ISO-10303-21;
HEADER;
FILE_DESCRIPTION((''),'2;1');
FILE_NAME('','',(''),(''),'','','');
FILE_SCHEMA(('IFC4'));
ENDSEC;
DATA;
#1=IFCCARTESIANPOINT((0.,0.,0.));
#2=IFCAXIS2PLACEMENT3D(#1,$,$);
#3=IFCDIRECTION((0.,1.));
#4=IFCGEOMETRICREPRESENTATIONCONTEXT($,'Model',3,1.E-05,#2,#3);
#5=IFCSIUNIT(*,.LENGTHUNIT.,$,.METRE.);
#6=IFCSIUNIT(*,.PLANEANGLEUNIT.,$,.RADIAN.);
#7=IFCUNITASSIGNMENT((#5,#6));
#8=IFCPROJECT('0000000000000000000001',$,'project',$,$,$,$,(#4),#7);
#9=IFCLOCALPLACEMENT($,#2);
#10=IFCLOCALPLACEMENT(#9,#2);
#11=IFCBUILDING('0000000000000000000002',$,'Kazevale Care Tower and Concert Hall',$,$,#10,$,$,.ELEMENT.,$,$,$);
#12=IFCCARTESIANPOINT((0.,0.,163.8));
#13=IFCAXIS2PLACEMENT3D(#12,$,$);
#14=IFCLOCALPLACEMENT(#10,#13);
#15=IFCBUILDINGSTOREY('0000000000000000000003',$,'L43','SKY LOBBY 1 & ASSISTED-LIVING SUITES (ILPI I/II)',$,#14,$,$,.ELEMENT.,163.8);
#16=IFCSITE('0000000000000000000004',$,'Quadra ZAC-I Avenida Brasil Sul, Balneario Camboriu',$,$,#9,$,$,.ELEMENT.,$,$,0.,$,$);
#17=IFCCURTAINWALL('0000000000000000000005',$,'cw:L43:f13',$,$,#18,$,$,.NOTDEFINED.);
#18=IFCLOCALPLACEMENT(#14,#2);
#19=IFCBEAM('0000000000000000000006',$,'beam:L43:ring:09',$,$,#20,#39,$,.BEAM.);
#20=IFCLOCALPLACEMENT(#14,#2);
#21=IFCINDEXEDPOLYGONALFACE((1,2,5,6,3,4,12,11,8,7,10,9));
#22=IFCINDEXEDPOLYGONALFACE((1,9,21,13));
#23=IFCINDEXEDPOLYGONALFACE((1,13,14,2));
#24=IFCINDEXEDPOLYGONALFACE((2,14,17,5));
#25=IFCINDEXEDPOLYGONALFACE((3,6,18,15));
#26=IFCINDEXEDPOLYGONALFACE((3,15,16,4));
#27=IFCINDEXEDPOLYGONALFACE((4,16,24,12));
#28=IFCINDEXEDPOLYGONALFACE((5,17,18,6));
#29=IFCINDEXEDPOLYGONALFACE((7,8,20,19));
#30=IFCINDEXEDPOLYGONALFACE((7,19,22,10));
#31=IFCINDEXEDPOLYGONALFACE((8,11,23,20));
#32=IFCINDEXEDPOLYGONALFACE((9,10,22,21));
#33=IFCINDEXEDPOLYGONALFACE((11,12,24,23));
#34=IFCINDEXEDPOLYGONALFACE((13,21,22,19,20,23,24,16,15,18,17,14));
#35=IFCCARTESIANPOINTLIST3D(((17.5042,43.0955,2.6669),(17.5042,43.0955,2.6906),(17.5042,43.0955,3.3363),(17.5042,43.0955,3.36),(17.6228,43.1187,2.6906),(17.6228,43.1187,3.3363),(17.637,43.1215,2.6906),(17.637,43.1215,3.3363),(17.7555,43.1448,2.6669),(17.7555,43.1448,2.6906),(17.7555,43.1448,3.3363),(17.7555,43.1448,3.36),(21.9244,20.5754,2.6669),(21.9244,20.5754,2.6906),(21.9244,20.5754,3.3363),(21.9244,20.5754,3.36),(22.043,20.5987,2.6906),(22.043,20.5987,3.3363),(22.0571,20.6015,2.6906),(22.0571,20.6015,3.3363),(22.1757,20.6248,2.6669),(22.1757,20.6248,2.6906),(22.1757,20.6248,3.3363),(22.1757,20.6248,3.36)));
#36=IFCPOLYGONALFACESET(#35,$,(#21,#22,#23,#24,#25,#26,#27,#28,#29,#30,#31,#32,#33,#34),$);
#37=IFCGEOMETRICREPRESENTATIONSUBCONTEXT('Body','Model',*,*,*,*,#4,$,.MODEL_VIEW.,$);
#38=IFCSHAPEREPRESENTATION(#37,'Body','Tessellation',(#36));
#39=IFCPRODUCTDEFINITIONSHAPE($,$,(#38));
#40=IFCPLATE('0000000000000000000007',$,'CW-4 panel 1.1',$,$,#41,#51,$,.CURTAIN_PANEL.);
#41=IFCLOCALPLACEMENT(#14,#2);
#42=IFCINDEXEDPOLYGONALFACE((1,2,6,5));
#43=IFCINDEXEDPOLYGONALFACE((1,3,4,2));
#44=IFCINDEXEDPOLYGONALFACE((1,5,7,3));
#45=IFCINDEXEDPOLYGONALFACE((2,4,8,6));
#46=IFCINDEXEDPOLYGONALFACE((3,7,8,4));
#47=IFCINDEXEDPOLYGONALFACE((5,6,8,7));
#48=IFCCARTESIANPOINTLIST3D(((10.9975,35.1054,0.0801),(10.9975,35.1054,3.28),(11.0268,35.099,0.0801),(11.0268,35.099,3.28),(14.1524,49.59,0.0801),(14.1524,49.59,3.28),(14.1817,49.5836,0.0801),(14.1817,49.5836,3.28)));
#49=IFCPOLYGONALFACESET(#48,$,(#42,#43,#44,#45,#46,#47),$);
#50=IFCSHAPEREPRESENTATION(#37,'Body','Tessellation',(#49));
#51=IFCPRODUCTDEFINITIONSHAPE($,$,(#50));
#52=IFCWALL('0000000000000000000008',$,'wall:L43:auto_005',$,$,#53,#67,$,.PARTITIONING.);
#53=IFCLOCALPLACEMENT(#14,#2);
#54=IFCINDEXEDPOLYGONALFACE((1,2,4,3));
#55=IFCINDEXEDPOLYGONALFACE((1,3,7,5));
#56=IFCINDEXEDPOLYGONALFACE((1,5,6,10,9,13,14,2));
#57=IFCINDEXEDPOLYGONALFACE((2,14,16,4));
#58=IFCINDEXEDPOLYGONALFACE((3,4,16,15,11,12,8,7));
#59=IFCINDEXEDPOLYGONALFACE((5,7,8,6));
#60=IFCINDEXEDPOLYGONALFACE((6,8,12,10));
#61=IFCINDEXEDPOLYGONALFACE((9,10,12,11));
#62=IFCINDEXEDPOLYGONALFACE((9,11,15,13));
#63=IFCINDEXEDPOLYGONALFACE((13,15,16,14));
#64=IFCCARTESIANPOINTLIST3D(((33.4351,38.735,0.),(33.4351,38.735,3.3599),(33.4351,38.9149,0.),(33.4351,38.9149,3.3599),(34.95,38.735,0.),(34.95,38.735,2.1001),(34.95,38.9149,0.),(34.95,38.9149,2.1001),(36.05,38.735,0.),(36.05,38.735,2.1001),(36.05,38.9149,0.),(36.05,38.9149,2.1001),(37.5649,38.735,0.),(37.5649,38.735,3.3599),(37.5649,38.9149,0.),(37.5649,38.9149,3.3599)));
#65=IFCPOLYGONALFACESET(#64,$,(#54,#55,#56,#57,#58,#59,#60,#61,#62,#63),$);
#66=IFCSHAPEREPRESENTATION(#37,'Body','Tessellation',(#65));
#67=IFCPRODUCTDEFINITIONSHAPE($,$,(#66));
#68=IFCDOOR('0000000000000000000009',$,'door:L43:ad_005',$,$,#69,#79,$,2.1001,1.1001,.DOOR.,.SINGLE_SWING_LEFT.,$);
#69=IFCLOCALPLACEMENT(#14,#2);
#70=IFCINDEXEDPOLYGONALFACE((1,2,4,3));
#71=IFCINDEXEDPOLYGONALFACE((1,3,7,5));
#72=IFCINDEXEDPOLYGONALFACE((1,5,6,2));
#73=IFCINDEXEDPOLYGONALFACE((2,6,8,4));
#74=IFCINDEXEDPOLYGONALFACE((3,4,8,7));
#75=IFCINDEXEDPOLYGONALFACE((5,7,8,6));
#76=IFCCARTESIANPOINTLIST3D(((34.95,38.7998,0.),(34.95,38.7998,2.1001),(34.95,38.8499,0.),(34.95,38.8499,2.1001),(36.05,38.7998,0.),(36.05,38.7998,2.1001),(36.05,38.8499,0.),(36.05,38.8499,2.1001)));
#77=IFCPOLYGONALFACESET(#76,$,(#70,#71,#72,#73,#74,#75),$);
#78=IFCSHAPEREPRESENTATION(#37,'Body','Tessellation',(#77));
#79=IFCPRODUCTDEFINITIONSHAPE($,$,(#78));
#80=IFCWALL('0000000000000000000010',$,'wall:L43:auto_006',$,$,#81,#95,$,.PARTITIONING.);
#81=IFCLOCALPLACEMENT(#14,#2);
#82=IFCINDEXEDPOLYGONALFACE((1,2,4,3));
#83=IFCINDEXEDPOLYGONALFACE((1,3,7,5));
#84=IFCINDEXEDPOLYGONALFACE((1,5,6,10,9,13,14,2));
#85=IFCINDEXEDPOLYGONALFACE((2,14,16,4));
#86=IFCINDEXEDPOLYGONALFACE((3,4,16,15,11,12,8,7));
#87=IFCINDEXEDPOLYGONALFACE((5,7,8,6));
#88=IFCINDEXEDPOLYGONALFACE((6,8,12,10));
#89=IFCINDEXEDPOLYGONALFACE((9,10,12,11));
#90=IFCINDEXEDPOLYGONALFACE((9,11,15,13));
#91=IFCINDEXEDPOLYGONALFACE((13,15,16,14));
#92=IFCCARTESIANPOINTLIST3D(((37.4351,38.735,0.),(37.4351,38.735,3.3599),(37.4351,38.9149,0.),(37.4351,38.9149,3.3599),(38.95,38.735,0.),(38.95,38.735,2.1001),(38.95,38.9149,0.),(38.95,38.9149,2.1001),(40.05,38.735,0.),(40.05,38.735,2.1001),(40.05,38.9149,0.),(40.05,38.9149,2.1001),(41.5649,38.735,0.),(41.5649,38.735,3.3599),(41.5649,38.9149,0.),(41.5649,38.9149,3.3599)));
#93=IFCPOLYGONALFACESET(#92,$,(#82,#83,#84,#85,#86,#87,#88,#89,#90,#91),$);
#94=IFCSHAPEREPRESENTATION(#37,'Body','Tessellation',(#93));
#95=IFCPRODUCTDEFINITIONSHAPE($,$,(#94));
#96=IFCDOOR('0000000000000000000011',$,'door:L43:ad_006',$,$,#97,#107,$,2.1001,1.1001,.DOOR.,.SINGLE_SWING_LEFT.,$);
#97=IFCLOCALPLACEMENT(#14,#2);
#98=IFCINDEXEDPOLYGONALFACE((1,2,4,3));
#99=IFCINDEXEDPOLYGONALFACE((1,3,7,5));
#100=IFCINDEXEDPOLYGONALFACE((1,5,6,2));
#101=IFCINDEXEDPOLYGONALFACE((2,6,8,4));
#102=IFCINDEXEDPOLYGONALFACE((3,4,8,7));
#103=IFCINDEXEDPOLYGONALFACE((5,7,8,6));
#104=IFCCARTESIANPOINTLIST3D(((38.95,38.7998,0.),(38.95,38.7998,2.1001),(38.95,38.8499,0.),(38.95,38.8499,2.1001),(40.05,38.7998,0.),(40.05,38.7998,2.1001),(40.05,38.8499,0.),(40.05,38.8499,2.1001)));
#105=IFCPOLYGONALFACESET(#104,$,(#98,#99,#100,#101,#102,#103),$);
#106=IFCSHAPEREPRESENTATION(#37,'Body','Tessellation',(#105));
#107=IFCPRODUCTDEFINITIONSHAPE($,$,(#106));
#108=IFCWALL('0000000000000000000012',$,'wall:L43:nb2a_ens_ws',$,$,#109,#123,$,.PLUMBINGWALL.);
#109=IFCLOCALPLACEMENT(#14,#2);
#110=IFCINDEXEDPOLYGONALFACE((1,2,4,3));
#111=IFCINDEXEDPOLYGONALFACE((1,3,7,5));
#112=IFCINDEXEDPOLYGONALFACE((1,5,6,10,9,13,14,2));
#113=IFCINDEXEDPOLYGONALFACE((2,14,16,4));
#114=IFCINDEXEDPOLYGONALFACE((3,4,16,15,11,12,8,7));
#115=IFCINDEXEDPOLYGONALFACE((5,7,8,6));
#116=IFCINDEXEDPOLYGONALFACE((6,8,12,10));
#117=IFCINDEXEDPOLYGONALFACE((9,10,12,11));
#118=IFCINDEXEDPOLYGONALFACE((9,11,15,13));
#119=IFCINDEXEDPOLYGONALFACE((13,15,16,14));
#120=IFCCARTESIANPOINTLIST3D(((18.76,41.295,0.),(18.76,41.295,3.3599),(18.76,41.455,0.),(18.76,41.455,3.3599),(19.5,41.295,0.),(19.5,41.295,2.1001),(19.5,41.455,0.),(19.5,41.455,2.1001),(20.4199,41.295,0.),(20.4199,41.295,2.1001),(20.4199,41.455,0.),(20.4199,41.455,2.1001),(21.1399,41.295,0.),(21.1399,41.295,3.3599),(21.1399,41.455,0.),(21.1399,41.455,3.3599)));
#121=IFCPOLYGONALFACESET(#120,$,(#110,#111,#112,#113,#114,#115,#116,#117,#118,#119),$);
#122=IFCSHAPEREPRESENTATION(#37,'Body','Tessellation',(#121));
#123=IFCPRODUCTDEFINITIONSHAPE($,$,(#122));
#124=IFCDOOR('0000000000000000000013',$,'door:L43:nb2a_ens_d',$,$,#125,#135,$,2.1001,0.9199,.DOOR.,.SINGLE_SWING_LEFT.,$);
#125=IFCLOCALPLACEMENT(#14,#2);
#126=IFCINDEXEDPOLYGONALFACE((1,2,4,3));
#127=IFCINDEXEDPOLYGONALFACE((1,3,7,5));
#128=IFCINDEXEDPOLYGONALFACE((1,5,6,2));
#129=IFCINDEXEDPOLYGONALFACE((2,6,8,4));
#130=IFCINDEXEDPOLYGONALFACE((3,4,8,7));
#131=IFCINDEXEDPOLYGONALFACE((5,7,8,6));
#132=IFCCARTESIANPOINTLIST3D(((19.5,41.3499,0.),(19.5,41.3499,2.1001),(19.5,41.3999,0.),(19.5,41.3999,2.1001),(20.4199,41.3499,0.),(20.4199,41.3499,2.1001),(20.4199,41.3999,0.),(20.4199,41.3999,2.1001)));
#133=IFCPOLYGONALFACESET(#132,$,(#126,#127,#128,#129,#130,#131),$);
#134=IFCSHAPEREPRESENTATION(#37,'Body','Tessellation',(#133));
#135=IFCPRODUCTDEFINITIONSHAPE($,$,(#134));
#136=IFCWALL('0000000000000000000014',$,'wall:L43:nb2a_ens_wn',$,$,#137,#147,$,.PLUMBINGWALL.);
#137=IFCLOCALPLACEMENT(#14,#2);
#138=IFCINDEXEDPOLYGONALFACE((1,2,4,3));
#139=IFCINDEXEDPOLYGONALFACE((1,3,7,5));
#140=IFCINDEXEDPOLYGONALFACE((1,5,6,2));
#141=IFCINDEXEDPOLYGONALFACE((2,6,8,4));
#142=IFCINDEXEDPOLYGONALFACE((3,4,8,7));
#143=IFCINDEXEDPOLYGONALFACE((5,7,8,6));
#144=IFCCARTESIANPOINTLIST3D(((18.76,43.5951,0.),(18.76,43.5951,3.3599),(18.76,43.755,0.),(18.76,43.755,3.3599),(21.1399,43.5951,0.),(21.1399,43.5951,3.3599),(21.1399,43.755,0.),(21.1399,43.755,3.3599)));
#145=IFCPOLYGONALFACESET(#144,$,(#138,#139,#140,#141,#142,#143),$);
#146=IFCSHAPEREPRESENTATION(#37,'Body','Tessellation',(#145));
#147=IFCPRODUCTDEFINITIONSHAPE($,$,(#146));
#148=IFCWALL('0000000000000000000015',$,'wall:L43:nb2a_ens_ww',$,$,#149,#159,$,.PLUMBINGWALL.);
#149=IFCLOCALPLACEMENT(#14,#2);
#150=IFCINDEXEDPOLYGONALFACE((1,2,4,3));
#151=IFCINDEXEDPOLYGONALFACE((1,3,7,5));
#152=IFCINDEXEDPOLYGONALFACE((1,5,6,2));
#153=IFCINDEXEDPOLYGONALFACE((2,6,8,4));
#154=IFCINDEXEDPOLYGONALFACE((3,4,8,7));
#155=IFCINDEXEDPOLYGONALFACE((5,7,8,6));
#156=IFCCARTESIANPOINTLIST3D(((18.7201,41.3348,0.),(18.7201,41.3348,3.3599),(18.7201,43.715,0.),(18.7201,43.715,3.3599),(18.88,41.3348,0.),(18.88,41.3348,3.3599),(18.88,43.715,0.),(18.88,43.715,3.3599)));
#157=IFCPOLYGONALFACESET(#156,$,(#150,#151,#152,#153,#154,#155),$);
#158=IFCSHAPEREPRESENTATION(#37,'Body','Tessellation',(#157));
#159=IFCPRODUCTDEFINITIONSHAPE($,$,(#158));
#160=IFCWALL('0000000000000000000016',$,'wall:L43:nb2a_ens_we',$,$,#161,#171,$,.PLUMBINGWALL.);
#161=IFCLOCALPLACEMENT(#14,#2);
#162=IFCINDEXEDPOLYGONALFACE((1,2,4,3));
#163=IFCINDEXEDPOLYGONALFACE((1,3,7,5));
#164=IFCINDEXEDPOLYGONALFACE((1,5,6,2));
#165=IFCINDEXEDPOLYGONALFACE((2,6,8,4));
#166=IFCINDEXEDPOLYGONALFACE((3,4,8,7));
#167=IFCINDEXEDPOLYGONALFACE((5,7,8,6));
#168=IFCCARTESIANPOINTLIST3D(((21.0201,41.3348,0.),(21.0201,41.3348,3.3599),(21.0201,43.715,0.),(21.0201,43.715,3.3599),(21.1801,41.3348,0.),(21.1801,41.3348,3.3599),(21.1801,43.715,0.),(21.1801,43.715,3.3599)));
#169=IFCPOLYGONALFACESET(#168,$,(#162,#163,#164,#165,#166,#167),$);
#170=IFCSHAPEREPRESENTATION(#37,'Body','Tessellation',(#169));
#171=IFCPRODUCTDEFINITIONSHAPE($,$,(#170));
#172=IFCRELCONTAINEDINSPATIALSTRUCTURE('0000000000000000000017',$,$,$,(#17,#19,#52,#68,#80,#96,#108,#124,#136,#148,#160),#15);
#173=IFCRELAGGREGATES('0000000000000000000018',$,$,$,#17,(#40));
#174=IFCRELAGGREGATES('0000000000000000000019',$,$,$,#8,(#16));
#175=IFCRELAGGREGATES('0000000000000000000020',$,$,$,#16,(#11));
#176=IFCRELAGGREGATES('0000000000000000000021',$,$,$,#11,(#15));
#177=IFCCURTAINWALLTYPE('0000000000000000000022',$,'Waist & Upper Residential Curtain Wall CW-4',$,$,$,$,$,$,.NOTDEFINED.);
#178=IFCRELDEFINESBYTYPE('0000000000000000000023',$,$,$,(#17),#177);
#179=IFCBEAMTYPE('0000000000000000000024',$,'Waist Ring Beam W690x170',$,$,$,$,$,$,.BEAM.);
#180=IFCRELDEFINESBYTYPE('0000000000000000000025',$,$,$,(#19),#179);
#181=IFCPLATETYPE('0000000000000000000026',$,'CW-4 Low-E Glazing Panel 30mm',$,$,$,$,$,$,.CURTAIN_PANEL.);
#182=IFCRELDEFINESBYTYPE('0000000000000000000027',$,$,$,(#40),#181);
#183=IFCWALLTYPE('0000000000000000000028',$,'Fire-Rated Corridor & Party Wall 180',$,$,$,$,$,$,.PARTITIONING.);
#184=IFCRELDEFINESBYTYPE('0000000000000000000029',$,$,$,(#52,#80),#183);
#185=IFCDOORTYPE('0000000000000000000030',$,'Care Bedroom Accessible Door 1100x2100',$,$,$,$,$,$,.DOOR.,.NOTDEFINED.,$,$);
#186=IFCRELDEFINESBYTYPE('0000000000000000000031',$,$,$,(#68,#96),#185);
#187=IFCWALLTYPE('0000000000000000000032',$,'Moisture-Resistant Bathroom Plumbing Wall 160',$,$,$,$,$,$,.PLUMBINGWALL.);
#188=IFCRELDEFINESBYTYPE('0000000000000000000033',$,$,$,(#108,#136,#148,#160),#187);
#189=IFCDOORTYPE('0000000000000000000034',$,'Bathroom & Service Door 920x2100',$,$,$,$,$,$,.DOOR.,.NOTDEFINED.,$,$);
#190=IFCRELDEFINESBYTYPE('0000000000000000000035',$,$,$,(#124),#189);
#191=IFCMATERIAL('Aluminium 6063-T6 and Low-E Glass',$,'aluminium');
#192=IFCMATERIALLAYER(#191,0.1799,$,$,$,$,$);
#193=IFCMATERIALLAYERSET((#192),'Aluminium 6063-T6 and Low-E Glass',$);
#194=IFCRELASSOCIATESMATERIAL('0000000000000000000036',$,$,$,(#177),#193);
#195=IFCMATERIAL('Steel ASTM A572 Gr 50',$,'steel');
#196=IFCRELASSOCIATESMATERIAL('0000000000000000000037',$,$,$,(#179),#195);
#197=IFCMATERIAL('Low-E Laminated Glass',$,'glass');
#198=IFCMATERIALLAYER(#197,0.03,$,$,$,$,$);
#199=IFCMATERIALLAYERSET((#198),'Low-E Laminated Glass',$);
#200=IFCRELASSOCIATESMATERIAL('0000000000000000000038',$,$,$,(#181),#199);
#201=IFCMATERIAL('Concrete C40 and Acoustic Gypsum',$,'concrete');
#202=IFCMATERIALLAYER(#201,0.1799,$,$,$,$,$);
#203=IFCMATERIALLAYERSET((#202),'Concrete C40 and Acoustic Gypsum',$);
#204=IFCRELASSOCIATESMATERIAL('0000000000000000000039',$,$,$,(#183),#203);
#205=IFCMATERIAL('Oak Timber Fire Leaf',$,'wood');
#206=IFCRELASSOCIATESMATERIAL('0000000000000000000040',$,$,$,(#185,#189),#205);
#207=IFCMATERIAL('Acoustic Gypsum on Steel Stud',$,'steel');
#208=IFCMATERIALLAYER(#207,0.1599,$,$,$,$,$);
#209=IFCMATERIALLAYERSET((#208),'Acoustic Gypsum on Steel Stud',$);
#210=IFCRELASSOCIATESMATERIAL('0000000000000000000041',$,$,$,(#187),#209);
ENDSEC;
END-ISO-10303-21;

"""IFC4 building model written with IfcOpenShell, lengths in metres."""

from ifc_helpers import new_model, si_unit, direction, frame, frame_2d, origin, origin_2d, place, context, subcontext, project, spatial, rectangle, i_section, extrude, material, layer, layer_set, material_profile, profile_set, type_object, element, fill, aggregate, save


model = new_model("IFC4")

# Units and contexts
model_context = context("Model", 3, precision=1e-05, world=origin(), true_north=direction((0.0, 1.0)))
body_context = subcontext(model_context, "Body", "Model", "MODEL_VIEW")
ifc_project = project(units=[si_unit("LENGTHUNIT", "METRE"), si_unit("PLANEANGLEUNIT", "RADIAN")], contexts=[model_context])

# Site, building, storey
site_placement = place(None, origin())
site = spatial("IfcSite", under=ifc_project, at=site_placement, Name="Quadra ZAC-I Avenida Brasil Sul, Balneario Camboriu", CompositionType="ELEMENT", RefElevation=0.0)
building_placement = place(site_placement, origin())
building = spatial("IfcBuilding", under=site, at=building_placement, Name="Kazevale Care Tower and Concert Hall", CompositionType="ELEMENT")
storey_placement = place(building_placement, frame((0.0, 0.0, 163.8)))
storey = spatial("IfcBuildingStorey", under=building, at=storey_placement, Name="L43", Description="SKY LOBBY 1 & ASSISTED-LIVING SUITES (ILPI I/II)", CompositionType="ELEMENT", Elevation=163.8)

# Shared definitions
ifc_material_1 = material(Name="Aluminium 6063-T6 and Low-E Glass", Category="aluminium")

# Curtain wall
ifc_layer_1 = layer(ifc_material_1, 0.1799)
ifc_layer_set_1 = layer_set([ifc_layer_1], Name="Aluminium 6063-T6 and Low-E Glass")
curtain_wall_type_1 = type_object("IfcCurtainWallType", Name="Waist & Upper Residential Curtain Wall CW-4", PredefinedType="NOTDEFINED", material=ifc_layer_set_1)
curtain_wall_1_placement = place(storey_placement, origin())
curtain_wall_1 = element("IfcCurtainWall", 1, at=curtain_wall_1_placement, inside=storey, type_object=curtain_wall_type_1, Name="cw:L43:f13", PredefinedType="NOTDEFINED")

# Beam
ifc_material_2 = material(Name="Steel ASTM A572 Gr 50", Category="steel")
ifc_material_profile_1 = material_profile(ifc_material_2, i_section(OverallWidth=0.2561, OverallDepth=0.6931, WebThickness=0.0144, FlangeThickness=0.0237, at=origin_2d()), Name="W690x170")
ifc_profile_set_1 = profile_set([ifc_material_profile_1], Name="Steel ASTM A572 Gr 50")
beam_type_1 = type_object("IfcBeamType", Name="Waist Ring Beam W690x170", PredefinedType="BEAM", material=ifc_profile_set_1)
beam_1_placement = place(storey_placement, frame((17.6299, 43.1201, 3.0134), z_axis=(0.192602, -0.981277, 0.0), x_axis=(0.981277, 0.192602, 0.0)))
element("IfcBeam", 2, at=beam_1_placement, inside=storey, type_object=beam_type_1, Name="beam:L43:ring:09", PredefinedType="BEAM", context=body_context, shape_type="SweptSolid", body=[
    extrude(i_section(OverallWidth=0.2561, OverallDepth=0.6931, WebThickness=0.0144, FlangeThickness=0.0237, at=origin_2d()), origin(), (0.0, 0.0, 1.0), 22.9497),
])

# Plate
ifc_material_3 = material(Name="Low-E Laminated Glass", Category="glass")
ifc_layer_2 = layer(ifc_material_3, 0.03)
ifc_layer_set_2 = layer_set([ifc_layer_2], Name="Low-E Laminated Glass")
plate_type = type_object("IfcPlateType", Name="CW-4 Low-E Glazing Panel 30mm", PredefinedType="CURTAIN_PANEL", material=ifc_layer_set_2)
plate_placement = place(storey_placement, frame((12.5896, 42.3445, 0.0801), z_axis=(0.0, 0.0, 1.0), x_axis=(0.212823, 0.977091, 0.0)))
plate = element("IfcPlate", 3, at=plate_placement, type_object=plate_type, Name="CW-4 panel 1.1", PredefinedType="CURTAIN_PANEL", context=body_context, shape_type="SweptSolid", body=[
    extrude(rectangle(XDim=14.8242, YDim=0.03, at=origin_2d()), origin(), (0.0, 0.0, 1.0), 3.2),
])
aggregate(curtain_wall_1, [plate])

# Walls, openings, doors
ifc_material_4 = material(Name="Concrete C40 and Acoustic Gypsum", Category="concrete")
ifc_layer_3 = layer(ifc_material_4, 0.1799)
ifc_layer_set_3 = layer_set([ifc_layer_3], Name="Concrete C40 and Acoustic Gypsum")
wall_type_1 = type_object("IfcWallType", Name="Fire-Rated Corridor & Party Wall 180", PredefinedType="PARTITIONING", material=ifc_layer_set_3)
wall_1_placement = place(storey_placement, frame((33.4351, 38.825, 0.0), z_axis=(0.0, 0.0, 1.0), x_axis=(1.0, 0.0, 0.0)))
wall_1 = element("IfcWall", 4, at=wall_1_placement, inside=storey, type_object=wall_type_1, Name="wall:L43:auto_005", PredefinedType="PARTITIONING", context=body_context, shape_type="SweptSolid", body=[
    extrude(rectangle(XDim=4.1299, YDim=0.1799, at=frame_2d((2.0649, 0.0))), origin(), (0.0, 0.0, 1.0), 3.3599),
])
opening_1_placement = place(wall_1_placement, frame((1.5149, 0.0, 0.0)))
opening_1 = element("IfcOpeningElement", 5, at=opening_1_placement, cuts=wall_1, PredefinedType="OPENING", context=body_context, shape_type="SweptSolid", body=[
    extrude(rectangle(XDim=1.1001, YDim=2.1001, at=frame_2d((0.55, 1.05))), frame((0.0, 0.0999, 0.0), z_axis=(0.0, -1.0, 0.0), x_axis=(1.0, 0.0, 0.0)), (0.0, 0.0, 1.0), 0.2),
])
ifc_material_5 = material(Name="Oak Timber Fire Leaf", Category="wood")
door_type_1 = type_object("IfcDoorType", Name="Care Bedroom Accessible Door 1100x2100", OperationType="NOTDEFINED", PredefinedType="DOOR", material=ifc_material_5)
door_1_placement = place(opening_1_placement, origin())
door_1 = element("IfcDoor", 6, at=door_1_placement, inside=storey, type_object=door_type_1, Name="door:L43:ad_005", OperationType="SINGLE_SWING_LEFT", OverallHeight=2.1001, OverallWidth=1.1001, PredefinedType="DOOR", context=body_context, shape_type="SweptSolid", body=[
    extrude(rectangle(XDim=1.1001, YDim=2.1001, at=frame_2d((0.55, 1.05))), frame((0.0, 0.0249, 0.0), z_axis=(0.0, -1.0, 0.0), x_axis=(1.0, 0.0, 0.0)), (0.0, 0.0, 1.0), 0.05),
])
fill(opening_1, door_1)
wall_2_placement = place(storey_placement, frame((37.4351, 38.825, 0.0), z_axis=(0.0, 0.0, 1.0), x_axis=(1.0, 0.0, 0.0)))
wall_2 = element("IfcWall", 7, at=wall_2_placement, inside=storey, type_object=wall_type_1, Name="wall:L43:auto_006", PredefinedType="PARTITIONING", context=body_context, shape_type="SweptSolid", body=[
    extrude(rectangle(XDim=4.1299, YDim=0.1799, at=frame_2d((2.0649, 0.0))), origin(), (0.0, 0.0, 1.0), 3.3599),
])
opening_2_placement = place(wall_2_placement, frame((1.5149, 0.0, 0.0)))
opening_2 = element("IfcOpeningElement", 8, at=opening_2_placement, cuts=wall_2, PredefinedType="OPENING", context=body_context, shape_type="SweptSolid", body=[
    extrude(rectangle(XDim=1.1001, YDim=2.1001, at=frame_2d((0.55, 1.05))), frame((0.0, 0.0999, 0.0), z_axis=(0.0, -1.0, 0.0), x_axis=(1.0, 0.0, 0.0)), (0.0, 0.0, 1.0), 0.2),
])
door_2_placement = place(opening_2_placement, origin())
door_2 = element("IfcDoor", 9, at=door_2_placement, inside=storey, type_object=door_type_1, Name="door:L43:ad_006", OperationType="SINGLE_SWING_LEFT", OverallHeight=2.1001, OverallWidth=1.1001, PredefinedType="DOOR", context=body_context, shape_type="SweptSolid", body=[
    extrude(rectangle(XDim=1.1001, YDim=2.1001, at=frame_2d((0.55, 1.05))), frame((0.0, 0.0249, 0.0), z_axis=(0.0, -1.0, 0.0), x_axis=(1.0, 0.0, 0.0)), (0.0, 0.0, 1.0), 0.05),
])
fill(opening_2, door_2)
ifc_material_6 = material(Name="Acoustic Gypsum on Steel Stud", Category="steel")
ifc_layer_4 = layer(ifc_material_6, 0.1599)
ifc_layer_set_4 = layer_set([ifc_layer_4], Name="Acoustic Gypsum on Steel Stud")
wall_type_2 = type_object("IfcWallType", Name="Moisture-Resistant Bathroom Plumbing Wall 160", PredefinedType="PLUMBINGWALL", material=ifc_layer_set_4)
wall_3_placement = place(storey_placement, frame((18.76, 41.375, 0.0), z_axis=(0.0, 0.0, 1.0), x_axis=(1.0, 0.0, 0.0)))
wall_3 = element("IfcWall", 10, at=wall_3_placement, inside=storey, type_object=wall_type_2, Name="wall:L43:nb2a_ens_ws", PredefinedType="PLUMBINGWALL", context=body_context, shape_type="SweptSolid", body=[
    extrude(rectangle(XDim=2.3799, YDim=0.1599, at=frame_2d((1.1899, 0.0))), origin(), (0.0, 0.0, 1.0), 3.3599),
])
opening_3_placement = place(wall_3_placement, frame((0.74, 0.0, 0.0)))
opening_3 = element("IfcOpeningElement", 11, at=opening_3_placement, cuts=wall_3, PredefinedType="OPENING", context=body_context, shape_type="SweptSolid", body=[
    extrude(rectangle(XDim=0.9199, YDim=2.1001, at=frame_2d((0.46, 1.05))), frame((0.0, 0.0898, 0.0), z_axis=(0.0, -1.0, 0.0), x_axis=(1.0, 0.0, 0.0)), (0.0, 0.0, 1.0), 0.1799),
])
door_type_2 = type_object("IfcDoorType", Name="Bathroom & Service Door 920x2100", OperationType="NOTDEFINED", PredefinedType="DOOR", material=ifc_material_5)
door_3_placement = place(opening_3_placement, origin())
door_3 = element("IfcDoor", 12, at=door_3_placement, inside=storey, type_object=door_type_2, Name="door:L43:nb2a_ens_d", OperationType="SINGLE_SWING_LEFT", OverallHeight=2.1001, OverallWidth=0.9199, PredefinedType="DOOR", context=body_context, shape_type="SweptSolid", body=[
    extrude(rectangle(XDim=0.9199, YDim=2.1001, at=frame_2d((0.46, 1.05))), frame((0.0, 0.0249, 0.0), z_axis=(0.0, -1.0, 0.0), x_axis=(1.0, 0.0, 0.0)), (0.0, 0.0, 1.0), 0.05),
])
fill(opening_3, door_3)

# Walls
wall_4_placement = place(storey_placement, frame((18.76, 43.675, 0.0), z_axis=(0.0, 0.0, 1.0), x_axis=(1.0, 0.0, 0.0)))
element("IfcWall", 13, at=wall_4_placement, inside=storey, type_object=wall_type_2, Name="wall:L43:nb2a_ens_wn", PredefinedType="PLUMBINGWALL", context=body_context, shape_type="SweptSolid", body=[
    extrude(rectangle(XDim=2.3799, YDim=0.1599, at=frame_2d((1.1899, 0.0))), origin(), (0.0, 0.0, 1.0), 3.3599),
])
for number, where, z_axis, x_axis, name in (
    (14, (18.8, 41.335, 0.0), (0.0, 0.0, 1.0), (0.0, 1.0, 0.0), "wall:L43:nb2a_ens_ww"),
    (15, (21.1001, 41.335, 0.0), (0.0, 0.0, 1.0), (0.0, 1.0, 0.0), "wall:L43:nb2a_ens_we"),
):
    element("IfcWall", number, at=place(storey_placement, frame(where, z_axis=z_axis, x_axis=x_axis)), inside=storey, type_object=wall_type_2, Name=name, PredefinedType="PLUMBINGWALL", context=body_context, shape_type="SweptSolid", body=[
        extrude(rectangle(XDim=2.3801, YDim=0.1599, at=frame_2d((1.1899, 0.0))), origin(), (0.0, 0.0, 1.0), 3.3599),
    ])

save(model, "model.ifc")
